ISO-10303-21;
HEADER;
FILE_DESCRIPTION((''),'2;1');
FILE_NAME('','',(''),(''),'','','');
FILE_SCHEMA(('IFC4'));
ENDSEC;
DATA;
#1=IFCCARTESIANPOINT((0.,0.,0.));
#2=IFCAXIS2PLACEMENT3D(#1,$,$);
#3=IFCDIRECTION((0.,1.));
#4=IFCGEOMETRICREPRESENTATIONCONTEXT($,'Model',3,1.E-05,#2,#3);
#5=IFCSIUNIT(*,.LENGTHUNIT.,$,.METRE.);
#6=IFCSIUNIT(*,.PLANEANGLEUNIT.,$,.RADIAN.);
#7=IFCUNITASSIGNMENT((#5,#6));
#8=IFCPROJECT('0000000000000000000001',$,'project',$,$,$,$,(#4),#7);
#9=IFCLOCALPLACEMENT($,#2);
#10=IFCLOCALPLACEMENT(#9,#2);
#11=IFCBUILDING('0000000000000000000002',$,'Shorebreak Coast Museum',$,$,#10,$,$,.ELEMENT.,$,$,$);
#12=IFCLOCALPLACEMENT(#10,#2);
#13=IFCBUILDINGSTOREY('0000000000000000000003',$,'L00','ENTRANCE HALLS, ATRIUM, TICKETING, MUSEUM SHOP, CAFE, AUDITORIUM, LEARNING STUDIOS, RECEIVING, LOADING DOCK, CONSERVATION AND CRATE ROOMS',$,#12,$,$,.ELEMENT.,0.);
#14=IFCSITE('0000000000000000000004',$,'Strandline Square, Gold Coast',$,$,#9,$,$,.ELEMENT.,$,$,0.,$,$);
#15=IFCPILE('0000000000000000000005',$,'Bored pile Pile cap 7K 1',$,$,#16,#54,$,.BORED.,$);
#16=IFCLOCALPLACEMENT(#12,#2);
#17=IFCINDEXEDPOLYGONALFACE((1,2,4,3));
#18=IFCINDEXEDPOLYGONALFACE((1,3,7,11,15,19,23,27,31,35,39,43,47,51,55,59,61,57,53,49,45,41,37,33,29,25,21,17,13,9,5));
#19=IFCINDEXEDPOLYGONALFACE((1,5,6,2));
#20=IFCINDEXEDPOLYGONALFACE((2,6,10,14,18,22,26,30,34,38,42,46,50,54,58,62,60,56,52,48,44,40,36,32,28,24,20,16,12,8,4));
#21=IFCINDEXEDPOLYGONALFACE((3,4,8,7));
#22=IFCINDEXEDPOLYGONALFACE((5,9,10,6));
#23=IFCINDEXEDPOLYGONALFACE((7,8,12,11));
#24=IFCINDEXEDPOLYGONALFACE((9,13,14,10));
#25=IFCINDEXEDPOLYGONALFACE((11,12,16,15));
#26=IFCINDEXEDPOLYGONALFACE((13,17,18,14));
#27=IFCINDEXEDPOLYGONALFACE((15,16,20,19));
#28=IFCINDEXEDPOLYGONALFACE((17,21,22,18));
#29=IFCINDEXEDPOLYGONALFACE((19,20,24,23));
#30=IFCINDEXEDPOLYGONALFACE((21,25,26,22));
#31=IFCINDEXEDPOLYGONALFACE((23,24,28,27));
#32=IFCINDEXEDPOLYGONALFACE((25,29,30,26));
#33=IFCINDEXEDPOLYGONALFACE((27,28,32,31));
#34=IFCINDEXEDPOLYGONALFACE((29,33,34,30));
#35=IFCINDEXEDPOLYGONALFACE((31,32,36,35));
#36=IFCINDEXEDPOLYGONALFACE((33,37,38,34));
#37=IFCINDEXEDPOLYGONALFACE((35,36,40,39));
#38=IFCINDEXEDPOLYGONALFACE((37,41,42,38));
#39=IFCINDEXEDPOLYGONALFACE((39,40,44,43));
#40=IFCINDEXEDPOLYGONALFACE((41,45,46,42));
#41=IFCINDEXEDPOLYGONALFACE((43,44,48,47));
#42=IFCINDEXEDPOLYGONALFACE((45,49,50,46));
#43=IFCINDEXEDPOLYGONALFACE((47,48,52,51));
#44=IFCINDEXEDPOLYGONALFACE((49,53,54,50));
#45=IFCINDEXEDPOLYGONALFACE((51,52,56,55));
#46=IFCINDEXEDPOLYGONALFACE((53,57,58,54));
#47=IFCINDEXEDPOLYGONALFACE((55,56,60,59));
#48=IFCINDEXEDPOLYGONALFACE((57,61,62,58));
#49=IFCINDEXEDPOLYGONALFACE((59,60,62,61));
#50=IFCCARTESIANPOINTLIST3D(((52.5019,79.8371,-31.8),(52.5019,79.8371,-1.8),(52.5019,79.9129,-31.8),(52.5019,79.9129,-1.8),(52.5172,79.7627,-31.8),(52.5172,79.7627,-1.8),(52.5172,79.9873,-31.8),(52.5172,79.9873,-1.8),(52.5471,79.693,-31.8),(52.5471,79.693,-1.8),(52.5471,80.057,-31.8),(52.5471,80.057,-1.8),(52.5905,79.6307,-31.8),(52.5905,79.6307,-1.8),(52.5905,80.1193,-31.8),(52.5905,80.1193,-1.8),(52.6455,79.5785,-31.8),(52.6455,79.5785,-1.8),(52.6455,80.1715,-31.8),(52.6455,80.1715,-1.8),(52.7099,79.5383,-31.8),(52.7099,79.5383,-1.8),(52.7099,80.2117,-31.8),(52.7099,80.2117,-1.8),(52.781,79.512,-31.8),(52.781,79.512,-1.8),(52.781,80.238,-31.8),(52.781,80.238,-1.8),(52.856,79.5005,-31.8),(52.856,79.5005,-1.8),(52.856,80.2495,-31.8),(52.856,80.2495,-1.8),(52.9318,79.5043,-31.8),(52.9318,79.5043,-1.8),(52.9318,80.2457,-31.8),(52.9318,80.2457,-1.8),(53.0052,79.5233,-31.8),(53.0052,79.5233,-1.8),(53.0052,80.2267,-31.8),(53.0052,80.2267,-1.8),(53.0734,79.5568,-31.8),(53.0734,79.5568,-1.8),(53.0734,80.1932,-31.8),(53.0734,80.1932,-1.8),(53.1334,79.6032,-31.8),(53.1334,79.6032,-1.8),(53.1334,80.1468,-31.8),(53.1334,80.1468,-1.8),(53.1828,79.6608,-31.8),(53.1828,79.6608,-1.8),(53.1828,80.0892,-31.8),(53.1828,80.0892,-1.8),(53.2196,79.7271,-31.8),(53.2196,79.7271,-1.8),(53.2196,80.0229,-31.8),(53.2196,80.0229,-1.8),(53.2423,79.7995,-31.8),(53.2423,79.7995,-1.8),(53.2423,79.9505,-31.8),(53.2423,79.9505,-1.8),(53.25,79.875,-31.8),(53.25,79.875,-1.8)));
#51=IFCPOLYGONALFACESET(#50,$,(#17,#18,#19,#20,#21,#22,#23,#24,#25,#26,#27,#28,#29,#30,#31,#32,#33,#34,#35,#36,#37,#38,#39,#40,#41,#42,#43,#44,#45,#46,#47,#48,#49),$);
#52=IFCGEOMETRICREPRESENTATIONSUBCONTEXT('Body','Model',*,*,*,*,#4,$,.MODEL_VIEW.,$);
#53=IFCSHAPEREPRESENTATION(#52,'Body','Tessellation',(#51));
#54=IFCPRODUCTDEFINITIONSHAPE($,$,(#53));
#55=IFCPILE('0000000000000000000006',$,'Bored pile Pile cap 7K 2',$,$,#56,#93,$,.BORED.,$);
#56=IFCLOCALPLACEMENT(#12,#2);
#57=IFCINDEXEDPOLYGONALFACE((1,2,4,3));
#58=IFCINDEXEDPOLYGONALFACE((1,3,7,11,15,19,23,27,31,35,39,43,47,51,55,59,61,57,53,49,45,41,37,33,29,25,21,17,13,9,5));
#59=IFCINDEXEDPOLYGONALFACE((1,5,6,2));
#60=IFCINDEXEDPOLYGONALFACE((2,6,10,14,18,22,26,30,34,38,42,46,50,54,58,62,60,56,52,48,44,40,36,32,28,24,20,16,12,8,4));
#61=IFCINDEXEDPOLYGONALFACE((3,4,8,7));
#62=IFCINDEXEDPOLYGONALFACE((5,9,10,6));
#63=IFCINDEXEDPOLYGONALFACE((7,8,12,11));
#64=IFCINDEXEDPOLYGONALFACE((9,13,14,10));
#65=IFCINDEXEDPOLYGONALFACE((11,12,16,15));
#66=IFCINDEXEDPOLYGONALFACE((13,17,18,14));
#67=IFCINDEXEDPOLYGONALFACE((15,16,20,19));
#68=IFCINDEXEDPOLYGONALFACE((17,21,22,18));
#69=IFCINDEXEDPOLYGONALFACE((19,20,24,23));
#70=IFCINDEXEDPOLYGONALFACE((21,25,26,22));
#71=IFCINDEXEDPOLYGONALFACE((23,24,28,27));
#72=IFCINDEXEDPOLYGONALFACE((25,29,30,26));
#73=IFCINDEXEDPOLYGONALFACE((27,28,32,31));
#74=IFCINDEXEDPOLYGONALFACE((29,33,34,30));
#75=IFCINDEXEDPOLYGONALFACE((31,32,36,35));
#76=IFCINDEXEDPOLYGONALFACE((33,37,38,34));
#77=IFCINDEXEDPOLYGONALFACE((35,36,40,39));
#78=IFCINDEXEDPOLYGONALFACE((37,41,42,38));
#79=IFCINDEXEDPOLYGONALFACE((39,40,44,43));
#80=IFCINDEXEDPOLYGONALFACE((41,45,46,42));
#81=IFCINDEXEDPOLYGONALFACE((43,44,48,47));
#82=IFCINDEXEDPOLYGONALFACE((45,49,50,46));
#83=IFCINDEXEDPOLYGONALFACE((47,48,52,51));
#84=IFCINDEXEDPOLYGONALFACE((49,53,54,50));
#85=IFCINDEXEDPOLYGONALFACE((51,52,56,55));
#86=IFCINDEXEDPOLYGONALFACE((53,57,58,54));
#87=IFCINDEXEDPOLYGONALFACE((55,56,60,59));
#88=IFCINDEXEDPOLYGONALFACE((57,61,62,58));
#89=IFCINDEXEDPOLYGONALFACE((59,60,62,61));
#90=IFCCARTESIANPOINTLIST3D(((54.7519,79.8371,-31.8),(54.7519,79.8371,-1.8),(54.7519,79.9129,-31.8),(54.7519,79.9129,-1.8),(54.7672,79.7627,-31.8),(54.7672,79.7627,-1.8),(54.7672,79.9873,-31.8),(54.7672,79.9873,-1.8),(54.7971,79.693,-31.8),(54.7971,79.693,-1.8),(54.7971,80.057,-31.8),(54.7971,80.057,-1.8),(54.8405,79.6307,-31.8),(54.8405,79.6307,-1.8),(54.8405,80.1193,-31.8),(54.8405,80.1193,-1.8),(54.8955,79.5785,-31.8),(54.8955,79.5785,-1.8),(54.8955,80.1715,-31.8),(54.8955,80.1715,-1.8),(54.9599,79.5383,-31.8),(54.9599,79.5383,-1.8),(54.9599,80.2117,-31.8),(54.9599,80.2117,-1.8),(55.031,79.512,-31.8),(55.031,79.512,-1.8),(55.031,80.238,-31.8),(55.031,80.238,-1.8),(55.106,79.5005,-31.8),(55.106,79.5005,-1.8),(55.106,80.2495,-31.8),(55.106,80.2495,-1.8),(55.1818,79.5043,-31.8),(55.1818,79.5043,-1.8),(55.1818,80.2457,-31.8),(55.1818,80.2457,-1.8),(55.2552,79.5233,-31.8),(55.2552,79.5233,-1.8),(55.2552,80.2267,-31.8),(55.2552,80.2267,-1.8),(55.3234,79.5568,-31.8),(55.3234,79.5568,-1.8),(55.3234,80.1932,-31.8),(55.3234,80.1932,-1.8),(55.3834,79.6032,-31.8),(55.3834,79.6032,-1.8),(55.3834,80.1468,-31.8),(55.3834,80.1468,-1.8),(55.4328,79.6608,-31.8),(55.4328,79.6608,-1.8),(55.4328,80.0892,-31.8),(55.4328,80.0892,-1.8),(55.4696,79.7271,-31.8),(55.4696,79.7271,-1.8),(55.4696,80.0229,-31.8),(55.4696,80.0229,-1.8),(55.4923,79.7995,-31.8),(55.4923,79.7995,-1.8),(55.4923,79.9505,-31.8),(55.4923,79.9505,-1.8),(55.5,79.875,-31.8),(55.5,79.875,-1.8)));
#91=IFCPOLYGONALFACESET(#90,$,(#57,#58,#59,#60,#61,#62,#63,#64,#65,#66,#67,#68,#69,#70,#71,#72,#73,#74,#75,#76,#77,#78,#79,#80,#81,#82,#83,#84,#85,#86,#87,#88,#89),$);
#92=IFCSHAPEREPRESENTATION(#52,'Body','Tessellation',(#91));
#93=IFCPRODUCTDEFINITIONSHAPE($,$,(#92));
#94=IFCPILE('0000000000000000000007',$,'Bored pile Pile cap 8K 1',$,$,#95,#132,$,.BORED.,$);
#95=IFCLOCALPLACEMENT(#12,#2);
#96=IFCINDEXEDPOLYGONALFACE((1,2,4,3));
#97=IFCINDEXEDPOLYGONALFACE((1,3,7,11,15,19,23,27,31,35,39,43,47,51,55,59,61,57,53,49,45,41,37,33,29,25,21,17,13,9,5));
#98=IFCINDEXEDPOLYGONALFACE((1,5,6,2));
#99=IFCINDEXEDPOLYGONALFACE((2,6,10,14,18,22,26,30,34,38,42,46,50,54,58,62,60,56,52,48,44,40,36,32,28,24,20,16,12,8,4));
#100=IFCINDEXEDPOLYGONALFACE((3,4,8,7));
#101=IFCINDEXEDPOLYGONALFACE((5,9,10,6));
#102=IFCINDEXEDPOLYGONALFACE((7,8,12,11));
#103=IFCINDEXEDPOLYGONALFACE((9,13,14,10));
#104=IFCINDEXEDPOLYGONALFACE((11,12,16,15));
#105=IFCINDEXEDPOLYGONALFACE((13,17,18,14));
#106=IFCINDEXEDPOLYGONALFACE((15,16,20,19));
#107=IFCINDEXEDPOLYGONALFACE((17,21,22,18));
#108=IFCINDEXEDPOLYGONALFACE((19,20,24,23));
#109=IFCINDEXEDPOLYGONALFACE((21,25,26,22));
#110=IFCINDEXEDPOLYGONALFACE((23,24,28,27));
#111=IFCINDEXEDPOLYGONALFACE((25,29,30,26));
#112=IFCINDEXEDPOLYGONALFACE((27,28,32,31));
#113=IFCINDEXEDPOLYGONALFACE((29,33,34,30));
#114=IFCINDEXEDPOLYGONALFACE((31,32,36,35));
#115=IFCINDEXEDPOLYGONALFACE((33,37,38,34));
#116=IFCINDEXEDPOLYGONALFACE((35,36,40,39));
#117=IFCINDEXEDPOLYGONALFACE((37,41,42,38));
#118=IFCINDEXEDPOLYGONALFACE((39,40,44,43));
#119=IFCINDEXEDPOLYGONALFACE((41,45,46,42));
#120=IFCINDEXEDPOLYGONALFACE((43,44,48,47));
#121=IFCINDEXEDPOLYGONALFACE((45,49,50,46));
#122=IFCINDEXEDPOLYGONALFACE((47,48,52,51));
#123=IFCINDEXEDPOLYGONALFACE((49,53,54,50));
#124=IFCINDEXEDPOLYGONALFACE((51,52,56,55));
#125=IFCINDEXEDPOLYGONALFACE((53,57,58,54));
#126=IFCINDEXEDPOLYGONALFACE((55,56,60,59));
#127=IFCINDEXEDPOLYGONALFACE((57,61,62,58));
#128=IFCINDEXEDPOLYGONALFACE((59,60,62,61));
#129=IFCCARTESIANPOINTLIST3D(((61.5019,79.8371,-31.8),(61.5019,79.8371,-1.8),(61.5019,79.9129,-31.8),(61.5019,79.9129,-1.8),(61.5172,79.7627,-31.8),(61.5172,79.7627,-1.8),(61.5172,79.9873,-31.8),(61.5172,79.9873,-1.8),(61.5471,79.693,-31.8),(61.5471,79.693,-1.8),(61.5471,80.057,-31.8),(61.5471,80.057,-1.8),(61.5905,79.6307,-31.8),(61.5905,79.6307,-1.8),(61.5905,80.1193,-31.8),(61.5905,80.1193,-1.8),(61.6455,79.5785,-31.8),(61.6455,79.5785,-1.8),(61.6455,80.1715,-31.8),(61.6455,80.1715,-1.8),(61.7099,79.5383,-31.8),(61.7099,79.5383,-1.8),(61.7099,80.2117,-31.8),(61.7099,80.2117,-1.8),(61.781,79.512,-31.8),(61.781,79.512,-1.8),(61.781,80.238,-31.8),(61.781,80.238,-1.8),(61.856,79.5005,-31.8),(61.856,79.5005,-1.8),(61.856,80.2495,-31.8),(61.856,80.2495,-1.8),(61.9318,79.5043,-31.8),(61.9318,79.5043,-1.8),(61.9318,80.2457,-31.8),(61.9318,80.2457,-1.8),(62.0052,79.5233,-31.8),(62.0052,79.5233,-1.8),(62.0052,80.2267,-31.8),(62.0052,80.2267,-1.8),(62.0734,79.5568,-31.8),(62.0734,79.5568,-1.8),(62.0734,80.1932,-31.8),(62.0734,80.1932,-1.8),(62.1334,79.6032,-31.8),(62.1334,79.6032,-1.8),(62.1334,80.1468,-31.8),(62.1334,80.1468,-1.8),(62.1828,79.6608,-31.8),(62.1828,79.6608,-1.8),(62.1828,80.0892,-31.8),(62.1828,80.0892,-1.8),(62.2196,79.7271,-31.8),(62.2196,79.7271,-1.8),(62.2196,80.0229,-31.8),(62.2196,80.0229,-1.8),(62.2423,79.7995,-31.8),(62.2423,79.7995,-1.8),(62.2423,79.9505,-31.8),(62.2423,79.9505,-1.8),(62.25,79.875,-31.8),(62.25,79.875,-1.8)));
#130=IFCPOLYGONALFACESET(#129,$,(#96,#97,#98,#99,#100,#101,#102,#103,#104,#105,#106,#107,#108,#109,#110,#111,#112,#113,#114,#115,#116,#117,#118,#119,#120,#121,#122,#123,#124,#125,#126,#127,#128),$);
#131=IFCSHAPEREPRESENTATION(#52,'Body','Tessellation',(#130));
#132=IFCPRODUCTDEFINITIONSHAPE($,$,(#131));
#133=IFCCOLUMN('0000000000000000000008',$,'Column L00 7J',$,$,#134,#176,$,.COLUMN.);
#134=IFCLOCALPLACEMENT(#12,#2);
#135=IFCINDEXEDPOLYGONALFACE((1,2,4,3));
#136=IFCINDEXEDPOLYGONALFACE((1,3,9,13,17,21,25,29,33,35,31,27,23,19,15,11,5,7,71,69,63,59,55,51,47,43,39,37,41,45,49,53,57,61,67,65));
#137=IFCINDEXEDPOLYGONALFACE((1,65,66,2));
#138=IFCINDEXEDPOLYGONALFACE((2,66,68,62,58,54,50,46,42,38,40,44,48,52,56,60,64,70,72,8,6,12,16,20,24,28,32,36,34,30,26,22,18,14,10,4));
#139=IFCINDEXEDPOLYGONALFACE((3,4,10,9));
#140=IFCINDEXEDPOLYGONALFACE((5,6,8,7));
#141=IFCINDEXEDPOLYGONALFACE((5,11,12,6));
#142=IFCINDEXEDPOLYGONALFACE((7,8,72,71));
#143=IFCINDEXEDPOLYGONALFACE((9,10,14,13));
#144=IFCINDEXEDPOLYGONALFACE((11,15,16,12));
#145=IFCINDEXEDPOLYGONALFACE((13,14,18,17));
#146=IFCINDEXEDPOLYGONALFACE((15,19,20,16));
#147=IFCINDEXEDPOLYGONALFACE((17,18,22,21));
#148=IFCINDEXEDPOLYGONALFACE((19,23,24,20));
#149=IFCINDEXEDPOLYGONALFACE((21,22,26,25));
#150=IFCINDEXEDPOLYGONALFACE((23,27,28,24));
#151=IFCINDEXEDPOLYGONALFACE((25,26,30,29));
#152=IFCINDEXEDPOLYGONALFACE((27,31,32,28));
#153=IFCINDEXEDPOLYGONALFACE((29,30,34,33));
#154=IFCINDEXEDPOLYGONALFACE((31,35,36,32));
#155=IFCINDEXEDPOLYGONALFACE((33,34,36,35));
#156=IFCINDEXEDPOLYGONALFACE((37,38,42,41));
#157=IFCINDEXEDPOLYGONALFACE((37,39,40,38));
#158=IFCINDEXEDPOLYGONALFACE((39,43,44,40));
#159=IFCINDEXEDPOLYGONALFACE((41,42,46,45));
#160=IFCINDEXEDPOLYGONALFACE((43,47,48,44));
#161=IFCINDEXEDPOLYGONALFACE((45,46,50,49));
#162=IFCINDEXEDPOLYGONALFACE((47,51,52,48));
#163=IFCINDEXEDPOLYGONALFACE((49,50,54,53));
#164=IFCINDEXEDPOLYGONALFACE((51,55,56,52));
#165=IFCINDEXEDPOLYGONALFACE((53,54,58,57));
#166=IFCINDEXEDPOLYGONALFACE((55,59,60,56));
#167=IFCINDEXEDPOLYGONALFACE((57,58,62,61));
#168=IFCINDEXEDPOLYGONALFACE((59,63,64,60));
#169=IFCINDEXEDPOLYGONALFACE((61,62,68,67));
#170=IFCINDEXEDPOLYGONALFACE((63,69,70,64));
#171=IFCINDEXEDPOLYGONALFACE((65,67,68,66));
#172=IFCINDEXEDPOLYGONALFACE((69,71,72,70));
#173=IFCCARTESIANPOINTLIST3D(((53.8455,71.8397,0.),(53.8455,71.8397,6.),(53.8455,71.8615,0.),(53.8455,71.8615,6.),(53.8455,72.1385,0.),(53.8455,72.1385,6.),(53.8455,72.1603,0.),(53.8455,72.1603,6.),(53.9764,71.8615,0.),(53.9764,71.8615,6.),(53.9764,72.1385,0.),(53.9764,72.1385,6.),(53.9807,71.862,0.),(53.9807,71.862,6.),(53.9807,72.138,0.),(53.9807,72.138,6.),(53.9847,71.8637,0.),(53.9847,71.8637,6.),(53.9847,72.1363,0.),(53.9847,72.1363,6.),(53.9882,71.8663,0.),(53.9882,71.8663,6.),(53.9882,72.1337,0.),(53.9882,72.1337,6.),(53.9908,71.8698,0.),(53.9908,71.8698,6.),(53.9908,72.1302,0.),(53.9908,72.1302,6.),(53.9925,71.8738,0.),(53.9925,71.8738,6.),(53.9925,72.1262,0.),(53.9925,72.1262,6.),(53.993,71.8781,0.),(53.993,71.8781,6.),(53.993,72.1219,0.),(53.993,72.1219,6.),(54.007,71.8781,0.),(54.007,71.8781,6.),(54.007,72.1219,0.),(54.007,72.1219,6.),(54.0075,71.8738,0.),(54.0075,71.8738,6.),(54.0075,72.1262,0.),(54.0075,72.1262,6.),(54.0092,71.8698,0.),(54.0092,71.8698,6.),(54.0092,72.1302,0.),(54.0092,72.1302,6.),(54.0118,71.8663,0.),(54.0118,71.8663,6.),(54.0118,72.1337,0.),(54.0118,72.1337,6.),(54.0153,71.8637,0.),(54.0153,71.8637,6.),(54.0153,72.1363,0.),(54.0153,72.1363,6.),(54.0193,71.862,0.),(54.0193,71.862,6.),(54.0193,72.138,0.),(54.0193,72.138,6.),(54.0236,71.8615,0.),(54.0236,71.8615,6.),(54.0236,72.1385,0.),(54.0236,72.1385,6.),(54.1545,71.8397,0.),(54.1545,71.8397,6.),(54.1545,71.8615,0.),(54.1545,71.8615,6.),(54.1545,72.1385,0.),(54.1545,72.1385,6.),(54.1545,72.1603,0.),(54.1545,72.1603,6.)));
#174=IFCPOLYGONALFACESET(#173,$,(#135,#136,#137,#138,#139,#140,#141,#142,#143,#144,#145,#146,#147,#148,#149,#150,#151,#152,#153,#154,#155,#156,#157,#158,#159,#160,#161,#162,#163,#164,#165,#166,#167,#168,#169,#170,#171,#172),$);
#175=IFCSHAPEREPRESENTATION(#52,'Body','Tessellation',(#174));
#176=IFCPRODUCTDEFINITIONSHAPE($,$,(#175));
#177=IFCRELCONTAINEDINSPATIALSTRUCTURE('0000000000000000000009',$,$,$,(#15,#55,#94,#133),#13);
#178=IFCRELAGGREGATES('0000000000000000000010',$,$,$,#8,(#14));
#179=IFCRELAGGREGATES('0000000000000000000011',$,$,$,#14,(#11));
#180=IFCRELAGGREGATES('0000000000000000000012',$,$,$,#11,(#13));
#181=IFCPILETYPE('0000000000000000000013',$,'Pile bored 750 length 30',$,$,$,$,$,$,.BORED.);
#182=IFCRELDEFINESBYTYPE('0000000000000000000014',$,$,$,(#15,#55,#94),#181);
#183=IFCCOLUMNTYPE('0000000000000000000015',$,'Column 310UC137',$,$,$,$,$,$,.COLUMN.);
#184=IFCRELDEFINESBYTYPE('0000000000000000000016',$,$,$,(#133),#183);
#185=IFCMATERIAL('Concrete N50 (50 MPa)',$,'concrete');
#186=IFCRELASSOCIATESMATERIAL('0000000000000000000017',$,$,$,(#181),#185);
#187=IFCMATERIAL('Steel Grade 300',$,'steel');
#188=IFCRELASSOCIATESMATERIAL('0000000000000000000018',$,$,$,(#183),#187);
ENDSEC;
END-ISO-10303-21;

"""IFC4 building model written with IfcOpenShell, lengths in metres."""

from ifc_helpers import new_model, si_unit, direction, frame, origin, origin_2d, place, context, subcontext, project, spatial, circle, i_section, extrude, material, material_profile, profile_set, type_object, element, save


model = new_model("IFC4")

# Units and contexts
model_context = context("Model", 3, precision=1e-05, world=origin(), true_north=direction((0.0, 1.0)))
body_context = subcontext(model_context, "Body", "Model", "MODEL_VIEW")
ifc_project = project(units=[si_unit("LENGTHUNIT", "METRE"), si_unit("PLANEANGLEUNIT", "RADIAN")], contexts=[model_context])

# Site, building, storey
site_placement = place(None, origin())
site = spatial("IfcSite", under=ifc_project, at=site_placement, Name="Strandline Square, Gold Coast", CompositionType="ELEMENT", RefElevation=0.0)
building_placement = place(site_placement, origin())
building = spatial("IfcBuilding", under=site, at=building_placement, Name="Shorebreak Coast Museum", CompositionType="ELEMENT")
storey_placement = place(building_placement, origin())
storey = spatial("IfcBuildingStorey", under=building, at=storey_placement, Name="L00", Description="ENTRANCE HALLS, ATRIUM, TICKETING, MUSEUM SHOP, CAFE, AUDITORIUM, LEARNING STUDIOS, RECEIVING, LOADING DOCK, CONSERVATION AND CRATE ROOMS", CompositionType="ELEMENT", Elevation=0.0)

# Piles
ifc_material_1 = material(Name="Concrete N50 (50 MPa)", Category="concrete")
ifc_material_profile_1 = material_profile(ifc_material_1, circle(Radius=0.375, at=origin_2d()), Name="Pile bored 750 length 30")
ifc_profile_set_1 = profile_set([ifc_material_profile_1], Name="Concrete N50 (50 MPa)")
pile_type_1 = type_object("IfcPileType", Name="Pile bored 750 length 30", PredefinedType="BORED", material=ifc_profile_set_1)
for number, where, z_axis, x_axis, name in (
    (1, (52.875, 79.875, -1.8), (0.0, 0.0, -1.0), (1.0, 0.0, 0.0), "Bored pile Pile cap 7K 1"),
    (2, (55.125, 79.875, -1.8), (0.0, 0.0, -1.0), (1.0, 0.0, 0.0), "Bored pile Pile cap 7K 2"),
    (3, (61.875, 79.875, -1.8), (0.0, 0.0, -1.0), (1.0, 0.0, 0.0), "Bored pile Pile cap 8K 1"),
):
    element("IfcPile", number, at=place(storey_placement, frame(where, z_axis=z_axis, x_axis=x_axis)), inside=storey, type_object=pile_type_1, Name=name, PredefinedType="BORED", context=body_context, shape_type="SweptSolid", body=[
        extrude(circle(Radius=0.375, at=origin_2d()), origin(), (0.0, 0.0, 1.0), 30.0),
    ])

# Column
ifc_material_2 = material(Name="Steel Grade 300", Category="steel")
ifc_material_profile_2 = material_profile(ifc_material_2, i_section(OverallWidth=0.3091, OverallDepth=0.3206, WebThickness=0.0139, FlangeThickness=0.0217, FilletRadius=0.0166, at=origin_2d()), Name="310UC137")
ifc_profile_set_2 = profile_set([ifc_material_profile_2], Name="Steel Grade 300")
column_type = type_object("IfcColumnType", Name="Column 310UC137", PredefinedType="COLUMN", material=ifc_profile_set_2)
for number, where, z_axis, x_axis, name in (
    (4, (54.0, 72.0, 0.0), (0.0, 0.0, 1.0), (1.0, 0.0, 0.0), "Column L00 7J"),
):
    element("IfcColumn", number, at=place(storey_placement, frame(where, z_axis=z_axis, x_axis=x_axis)), inside=storey, type_object=column_type, Name=name, PredefinedType="COLUMN", context=body_context, shape_type="SweptSolid", body=[
        extrude(i_section(OverallWidth=0.3091, OverallDepth=0.3206, WebThickness=0.0139, FlangeThickness=0.0217, FilletRadius=0.0166, at=origin_2d()), origin(), (0.0, 0.0, 1.0), 6.0),
    ])

save(model, "model.ifc")
